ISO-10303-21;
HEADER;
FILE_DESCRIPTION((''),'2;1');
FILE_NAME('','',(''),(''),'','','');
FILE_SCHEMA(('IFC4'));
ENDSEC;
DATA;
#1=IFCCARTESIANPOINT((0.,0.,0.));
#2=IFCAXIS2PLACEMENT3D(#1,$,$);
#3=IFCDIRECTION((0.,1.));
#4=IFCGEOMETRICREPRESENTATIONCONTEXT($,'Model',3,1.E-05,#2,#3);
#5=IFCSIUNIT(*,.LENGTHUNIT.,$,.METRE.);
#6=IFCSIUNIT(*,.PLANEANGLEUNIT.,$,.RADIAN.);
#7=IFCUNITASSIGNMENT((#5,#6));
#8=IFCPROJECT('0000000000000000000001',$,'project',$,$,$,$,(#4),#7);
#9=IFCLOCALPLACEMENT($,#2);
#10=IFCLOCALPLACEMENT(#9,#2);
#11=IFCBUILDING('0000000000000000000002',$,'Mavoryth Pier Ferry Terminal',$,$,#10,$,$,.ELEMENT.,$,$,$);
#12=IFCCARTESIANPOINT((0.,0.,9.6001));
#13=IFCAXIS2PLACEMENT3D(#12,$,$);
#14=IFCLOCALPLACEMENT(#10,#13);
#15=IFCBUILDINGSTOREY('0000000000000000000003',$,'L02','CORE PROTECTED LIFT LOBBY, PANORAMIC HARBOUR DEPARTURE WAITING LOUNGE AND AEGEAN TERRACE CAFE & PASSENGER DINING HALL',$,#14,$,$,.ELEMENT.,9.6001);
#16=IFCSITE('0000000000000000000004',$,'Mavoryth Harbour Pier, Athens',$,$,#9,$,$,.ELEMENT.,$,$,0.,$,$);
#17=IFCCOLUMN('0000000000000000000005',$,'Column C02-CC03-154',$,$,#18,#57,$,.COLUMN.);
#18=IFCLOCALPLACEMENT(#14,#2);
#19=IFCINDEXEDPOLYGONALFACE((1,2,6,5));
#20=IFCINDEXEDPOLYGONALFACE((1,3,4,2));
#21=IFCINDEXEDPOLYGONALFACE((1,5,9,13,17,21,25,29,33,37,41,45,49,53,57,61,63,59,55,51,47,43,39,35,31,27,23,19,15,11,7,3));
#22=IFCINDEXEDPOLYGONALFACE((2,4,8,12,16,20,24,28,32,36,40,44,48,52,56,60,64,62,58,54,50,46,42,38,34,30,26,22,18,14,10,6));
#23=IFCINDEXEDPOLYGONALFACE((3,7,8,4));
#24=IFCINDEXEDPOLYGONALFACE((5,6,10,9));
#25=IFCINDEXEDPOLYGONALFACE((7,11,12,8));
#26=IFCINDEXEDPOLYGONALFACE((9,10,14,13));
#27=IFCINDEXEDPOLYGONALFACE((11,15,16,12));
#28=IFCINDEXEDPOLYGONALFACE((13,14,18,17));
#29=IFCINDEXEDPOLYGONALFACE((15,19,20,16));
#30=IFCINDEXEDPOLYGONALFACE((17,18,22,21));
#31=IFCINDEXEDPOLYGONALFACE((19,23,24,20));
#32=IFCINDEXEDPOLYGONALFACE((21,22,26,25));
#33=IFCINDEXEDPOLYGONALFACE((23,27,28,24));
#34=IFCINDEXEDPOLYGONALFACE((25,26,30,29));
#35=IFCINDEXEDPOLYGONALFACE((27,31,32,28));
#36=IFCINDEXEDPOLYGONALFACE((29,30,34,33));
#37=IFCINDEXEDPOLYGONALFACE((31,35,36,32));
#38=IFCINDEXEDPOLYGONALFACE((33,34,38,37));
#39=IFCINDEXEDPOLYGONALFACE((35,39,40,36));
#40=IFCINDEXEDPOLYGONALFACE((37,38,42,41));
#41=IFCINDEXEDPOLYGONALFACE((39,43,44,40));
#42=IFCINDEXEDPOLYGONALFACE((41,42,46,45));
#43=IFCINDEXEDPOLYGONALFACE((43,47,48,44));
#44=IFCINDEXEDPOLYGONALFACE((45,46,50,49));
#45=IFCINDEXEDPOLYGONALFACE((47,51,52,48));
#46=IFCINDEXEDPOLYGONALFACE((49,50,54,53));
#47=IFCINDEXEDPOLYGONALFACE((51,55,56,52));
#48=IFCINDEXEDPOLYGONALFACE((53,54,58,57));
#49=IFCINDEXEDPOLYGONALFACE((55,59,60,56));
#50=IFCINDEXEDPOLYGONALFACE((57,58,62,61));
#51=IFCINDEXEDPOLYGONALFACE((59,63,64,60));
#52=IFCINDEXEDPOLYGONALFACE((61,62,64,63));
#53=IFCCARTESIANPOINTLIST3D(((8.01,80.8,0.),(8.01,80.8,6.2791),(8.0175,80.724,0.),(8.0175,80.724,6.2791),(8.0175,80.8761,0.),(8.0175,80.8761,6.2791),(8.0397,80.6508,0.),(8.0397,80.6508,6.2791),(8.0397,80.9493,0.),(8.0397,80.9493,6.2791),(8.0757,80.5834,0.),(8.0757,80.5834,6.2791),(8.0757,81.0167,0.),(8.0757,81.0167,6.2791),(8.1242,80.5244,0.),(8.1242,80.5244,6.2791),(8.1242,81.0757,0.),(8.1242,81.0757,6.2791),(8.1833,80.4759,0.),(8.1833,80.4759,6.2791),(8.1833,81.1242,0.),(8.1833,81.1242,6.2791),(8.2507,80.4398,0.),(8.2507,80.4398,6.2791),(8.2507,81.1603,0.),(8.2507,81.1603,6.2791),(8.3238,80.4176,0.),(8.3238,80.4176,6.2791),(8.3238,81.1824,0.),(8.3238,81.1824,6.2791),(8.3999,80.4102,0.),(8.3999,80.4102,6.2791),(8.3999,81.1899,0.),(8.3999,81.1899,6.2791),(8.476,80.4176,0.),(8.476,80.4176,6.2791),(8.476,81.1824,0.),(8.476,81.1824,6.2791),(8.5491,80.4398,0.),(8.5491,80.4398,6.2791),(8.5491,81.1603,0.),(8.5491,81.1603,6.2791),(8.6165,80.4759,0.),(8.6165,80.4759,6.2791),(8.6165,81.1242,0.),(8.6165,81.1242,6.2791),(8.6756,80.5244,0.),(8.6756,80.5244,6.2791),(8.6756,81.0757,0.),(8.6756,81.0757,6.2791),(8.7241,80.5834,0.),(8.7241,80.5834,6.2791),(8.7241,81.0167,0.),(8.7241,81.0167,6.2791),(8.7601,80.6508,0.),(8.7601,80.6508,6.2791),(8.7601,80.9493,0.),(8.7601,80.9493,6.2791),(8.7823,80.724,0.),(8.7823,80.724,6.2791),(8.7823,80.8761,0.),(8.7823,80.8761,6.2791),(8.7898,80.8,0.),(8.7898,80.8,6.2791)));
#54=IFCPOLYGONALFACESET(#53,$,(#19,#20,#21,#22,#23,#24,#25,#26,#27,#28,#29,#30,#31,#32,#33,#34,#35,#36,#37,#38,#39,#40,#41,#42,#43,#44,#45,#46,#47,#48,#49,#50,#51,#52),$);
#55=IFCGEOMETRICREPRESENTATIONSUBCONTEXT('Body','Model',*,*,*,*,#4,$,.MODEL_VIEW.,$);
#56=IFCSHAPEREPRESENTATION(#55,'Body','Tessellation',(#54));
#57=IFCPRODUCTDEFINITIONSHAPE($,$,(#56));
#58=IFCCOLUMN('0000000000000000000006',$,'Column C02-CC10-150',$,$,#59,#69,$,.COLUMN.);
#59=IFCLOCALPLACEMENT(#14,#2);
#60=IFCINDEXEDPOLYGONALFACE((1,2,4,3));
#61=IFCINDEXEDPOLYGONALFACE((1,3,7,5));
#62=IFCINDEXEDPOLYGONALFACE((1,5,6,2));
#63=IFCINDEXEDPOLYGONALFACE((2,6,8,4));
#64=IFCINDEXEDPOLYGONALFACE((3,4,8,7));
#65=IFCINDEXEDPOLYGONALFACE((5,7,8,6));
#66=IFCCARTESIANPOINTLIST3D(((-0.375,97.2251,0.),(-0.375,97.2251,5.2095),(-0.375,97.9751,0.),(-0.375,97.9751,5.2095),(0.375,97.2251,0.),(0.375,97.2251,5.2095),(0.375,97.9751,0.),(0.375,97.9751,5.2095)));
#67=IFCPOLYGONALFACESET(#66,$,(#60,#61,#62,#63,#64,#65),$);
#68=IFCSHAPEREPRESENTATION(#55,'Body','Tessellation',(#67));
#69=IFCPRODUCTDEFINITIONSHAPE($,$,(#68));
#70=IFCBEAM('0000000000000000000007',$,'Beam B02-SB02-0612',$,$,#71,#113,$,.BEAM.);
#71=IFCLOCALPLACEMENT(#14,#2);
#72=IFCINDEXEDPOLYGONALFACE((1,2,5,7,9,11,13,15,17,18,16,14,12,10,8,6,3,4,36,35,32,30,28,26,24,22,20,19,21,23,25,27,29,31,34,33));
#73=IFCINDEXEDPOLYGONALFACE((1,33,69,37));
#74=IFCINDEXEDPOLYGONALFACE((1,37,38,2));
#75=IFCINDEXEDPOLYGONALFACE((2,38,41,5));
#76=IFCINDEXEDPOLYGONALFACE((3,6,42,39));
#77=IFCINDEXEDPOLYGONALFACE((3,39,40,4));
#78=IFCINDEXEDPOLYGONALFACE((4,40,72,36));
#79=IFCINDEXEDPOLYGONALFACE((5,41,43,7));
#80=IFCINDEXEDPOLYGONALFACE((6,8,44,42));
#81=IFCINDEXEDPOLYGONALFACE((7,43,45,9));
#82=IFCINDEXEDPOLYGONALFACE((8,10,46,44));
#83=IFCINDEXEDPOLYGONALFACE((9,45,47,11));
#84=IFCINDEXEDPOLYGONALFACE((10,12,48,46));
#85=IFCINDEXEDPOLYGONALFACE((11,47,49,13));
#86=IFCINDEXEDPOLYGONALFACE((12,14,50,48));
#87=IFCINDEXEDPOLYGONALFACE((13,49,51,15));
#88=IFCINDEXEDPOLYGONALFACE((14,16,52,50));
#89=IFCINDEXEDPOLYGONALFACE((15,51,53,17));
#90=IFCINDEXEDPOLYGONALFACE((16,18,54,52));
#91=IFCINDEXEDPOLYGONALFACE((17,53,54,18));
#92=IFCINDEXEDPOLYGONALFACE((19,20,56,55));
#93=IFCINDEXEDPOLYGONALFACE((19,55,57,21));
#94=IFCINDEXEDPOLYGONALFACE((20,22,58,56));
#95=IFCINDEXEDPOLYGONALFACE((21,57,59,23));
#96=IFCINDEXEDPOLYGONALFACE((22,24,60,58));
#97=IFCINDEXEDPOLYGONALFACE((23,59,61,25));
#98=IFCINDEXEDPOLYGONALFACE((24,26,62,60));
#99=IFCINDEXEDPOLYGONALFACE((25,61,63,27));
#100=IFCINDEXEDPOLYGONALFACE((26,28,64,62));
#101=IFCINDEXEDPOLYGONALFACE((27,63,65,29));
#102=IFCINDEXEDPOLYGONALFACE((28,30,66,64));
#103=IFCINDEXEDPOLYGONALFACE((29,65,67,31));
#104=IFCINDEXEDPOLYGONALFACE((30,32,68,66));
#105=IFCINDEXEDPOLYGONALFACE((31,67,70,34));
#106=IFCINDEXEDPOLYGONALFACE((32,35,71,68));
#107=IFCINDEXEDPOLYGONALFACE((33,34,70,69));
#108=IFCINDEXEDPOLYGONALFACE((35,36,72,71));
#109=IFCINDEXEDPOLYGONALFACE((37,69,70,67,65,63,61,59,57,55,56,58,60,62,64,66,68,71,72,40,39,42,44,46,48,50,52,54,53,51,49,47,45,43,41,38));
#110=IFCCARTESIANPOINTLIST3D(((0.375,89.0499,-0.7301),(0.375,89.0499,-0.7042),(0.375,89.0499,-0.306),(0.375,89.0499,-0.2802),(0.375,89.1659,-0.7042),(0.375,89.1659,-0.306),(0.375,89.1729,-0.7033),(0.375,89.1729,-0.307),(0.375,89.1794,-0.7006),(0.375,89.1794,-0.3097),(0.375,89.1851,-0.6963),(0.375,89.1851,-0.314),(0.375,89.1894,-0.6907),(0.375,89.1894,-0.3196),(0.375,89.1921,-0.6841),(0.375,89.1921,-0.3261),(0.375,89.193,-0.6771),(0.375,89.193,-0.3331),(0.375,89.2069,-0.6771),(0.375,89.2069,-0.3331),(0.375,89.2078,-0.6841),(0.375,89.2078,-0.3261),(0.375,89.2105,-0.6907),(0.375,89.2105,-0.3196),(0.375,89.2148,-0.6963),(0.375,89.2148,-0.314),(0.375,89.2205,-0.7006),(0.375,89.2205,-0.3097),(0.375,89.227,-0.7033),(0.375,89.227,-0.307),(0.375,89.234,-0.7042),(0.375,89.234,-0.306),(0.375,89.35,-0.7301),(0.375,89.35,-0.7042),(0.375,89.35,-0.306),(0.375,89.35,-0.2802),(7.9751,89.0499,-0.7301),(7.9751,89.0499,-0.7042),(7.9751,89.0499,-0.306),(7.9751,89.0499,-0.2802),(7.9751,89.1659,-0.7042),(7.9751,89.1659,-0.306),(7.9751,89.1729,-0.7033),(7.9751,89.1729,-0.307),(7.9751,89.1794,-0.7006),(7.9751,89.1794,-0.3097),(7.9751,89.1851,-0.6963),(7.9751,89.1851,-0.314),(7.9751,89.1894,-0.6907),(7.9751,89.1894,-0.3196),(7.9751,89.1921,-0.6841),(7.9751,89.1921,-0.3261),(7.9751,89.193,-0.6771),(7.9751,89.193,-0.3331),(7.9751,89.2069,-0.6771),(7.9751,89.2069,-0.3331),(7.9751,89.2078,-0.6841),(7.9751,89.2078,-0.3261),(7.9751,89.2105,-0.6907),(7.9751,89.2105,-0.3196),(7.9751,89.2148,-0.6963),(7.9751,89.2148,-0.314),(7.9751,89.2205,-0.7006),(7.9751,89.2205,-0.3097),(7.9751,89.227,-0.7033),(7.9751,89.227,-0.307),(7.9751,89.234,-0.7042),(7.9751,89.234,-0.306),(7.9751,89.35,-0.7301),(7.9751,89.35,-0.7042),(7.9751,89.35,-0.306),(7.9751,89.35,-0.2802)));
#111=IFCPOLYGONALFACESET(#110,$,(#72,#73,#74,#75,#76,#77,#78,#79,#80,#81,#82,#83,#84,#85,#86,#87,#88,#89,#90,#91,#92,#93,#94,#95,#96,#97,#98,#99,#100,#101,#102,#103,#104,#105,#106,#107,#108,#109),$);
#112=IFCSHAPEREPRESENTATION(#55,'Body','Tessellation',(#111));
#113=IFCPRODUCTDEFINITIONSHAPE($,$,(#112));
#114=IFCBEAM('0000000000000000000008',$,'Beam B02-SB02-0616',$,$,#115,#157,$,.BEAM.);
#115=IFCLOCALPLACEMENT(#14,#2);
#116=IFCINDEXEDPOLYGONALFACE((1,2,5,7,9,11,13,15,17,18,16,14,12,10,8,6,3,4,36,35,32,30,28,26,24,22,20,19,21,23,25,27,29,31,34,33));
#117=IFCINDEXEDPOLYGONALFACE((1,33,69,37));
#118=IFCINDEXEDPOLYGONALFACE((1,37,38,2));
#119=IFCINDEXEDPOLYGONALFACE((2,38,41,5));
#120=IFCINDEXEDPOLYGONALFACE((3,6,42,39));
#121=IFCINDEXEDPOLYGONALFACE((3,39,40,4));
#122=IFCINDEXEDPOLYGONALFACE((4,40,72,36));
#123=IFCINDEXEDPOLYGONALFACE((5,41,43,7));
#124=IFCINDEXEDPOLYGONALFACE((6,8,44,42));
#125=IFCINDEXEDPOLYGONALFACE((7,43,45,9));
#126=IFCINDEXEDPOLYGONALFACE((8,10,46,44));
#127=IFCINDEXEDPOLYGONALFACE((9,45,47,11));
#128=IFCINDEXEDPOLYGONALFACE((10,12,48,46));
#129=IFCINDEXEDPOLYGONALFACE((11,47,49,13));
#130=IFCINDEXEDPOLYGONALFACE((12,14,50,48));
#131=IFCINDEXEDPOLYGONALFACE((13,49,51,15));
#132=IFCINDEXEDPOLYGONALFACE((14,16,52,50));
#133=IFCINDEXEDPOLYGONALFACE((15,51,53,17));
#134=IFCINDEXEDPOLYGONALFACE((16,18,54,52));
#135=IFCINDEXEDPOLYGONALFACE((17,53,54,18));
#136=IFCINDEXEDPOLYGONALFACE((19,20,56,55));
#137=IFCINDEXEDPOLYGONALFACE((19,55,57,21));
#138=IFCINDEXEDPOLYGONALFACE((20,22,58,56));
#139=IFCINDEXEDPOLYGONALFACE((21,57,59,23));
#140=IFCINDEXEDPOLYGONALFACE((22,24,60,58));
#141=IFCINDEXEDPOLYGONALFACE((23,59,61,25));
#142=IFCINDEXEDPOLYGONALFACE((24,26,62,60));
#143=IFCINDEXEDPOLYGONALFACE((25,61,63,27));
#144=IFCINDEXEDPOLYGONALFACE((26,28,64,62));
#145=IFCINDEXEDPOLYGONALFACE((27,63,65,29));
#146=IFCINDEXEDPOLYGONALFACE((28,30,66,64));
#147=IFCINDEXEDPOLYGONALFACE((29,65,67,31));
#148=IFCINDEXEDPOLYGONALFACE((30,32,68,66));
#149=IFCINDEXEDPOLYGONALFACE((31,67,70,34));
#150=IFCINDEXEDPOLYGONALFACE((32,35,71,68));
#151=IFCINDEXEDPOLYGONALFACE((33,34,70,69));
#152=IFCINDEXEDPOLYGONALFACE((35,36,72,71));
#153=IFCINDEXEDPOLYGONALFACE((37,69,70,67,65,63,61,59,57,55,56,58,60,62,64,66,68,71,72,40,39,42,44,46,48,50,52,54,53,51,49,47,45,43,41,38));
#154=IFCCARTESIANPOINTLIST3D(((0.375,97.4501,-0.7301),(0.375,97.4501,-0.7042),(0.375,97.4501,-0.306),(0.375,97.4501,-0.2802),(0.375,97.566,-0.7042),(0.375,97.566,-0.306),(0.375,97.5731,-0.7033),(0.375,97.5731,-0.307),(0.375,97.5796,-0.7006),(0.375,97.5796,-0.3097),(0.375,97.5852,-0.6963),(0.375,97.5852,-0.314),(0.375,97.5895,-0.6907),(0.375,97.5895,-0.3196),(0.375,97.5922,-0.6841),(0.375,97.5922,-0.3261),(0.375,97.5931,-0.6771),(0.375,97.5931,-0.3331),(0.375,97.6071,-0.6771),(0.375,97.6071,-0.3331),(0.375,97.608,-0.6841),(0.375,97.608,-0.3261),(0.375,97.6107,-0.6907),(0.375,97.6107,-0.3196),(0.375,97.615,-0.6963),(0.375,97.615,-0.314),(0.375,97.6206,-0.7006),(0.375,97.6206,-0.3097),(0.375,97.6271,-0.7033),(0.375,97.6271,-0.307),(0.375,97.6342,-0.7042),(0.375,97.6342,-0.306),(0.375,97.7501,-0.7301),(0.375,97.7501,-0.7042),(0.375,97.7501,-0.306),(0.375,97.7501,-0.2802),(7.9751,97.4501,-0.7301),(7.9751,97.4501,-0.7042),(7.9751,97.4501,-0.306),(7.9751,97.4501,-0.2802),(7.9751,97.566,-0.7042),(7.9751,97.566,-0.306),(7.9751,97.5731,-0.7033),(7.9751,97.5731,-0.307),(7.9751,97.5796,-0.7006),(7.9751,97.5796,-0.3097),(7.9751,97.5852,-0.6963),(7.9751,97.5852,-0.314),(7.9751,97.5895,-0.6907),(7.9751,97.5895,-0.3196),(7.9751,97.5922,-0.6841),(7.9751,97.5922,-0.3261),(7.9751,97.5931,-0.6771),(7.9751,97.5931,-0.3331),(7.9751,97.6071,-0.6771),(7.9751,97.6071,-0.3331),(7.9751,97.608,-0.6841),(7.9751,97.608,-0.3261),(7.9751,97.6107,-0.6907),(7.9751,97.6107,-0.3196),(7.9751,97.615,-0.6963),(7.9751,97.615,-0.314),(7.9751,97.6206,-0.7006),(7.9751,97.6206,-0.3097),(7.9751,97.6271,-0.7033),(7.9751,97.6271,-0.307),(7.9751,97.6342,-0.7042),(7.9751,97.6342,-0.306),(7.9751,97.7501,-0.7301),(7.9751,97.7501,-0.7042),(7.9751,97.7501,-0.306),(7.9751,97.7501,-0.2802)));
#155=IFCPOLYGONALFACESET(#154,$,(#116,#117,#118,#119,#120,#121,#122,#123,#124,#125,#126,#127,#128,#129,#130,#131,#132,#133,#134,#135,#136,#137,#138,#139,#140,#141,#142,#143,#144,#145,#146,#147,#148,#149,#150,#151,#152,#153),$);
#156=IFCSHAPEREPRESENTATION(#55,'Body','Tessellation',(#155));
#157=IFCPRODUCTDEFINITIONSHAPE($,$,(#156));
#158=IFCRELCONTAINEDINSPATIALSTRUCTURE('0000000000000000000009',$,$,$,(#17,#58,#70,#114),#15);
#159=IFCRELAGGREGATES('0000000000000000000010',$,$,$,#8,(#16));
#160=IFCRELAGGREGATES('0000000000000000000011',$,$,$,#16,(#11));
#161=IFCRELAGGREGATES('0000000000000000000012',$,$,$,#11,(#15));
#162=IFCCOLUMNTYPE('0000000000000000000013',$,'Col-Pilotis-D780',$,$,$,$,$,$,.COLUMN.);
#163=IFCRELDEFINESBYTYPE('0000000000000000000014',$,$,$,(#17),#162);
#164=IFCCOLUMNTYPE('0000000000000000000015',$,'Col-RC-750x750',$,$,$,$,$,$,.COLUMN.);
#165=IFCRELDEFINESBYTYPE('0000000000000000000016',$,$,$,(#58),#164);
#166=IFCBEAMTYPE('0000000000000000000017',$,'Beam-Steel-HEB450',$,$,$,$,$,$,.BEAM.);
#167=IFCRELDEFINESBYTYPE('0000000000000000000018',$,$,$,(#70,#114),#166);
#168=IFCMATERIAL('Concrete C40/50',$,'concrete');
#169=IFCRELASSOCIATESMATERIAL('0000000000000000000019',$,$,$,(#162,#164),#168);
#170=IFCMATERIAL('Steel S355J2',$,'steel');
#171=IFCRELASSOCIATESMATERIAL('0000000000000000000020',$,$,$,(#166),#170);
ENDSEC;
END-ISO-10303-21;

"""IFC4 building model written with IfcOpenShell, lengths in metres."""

from ifc_helpers import new_model, si_unit, direction, frame, origin, origin_2d, place, context, subcontext, project, spatial, rectangle, circle, i_section, extrude, material, material_profile, profile_set, type_object, element, save


model = new_model("IFC4")

# Units and contexts
model_context = context("Model", 3, precision=1e-05, world=origin(), true_north=direction((0.0, 1.0)))
body_context = subcontext(model_context, "Body", "Model", "MODEL_VIEW")
ifc_project = project(units=[si_unit("LENGTHUNIT", "METRE"), si_unit("PLANEANGLEUNIT", "RADIAN")], contexts=[model_context])

# Site, building, storey
site_placement = place(None, origin())
site = spatial("IfcSite", under=ifc_project, at=site_placement, Name="Mavoryth Harbour Pier, Athens", CompositionType="ELEMENT", RefElevation=0.0)
building_placement = place(site_placement, origin())
building = spatial("IfcBuilding", under=site, at=building_placement, Name="Mavoryth Pier Ferry Terminal", CompositionType="ELEMENT")
storey_placement = place(building_placement, frame((0.0, 0.0, 9.6001)))
storey = spatial("IfcBuildingStorey", under=building, at=storey_placement, Name="L02", Description="CORE PROTECTED LIFT LOBBY, PANORAMIC HARBOUR DEPARTURE WAITING LOUNGE AND AEGEAN TERRACE CAFE & PASSENGER DINING HALL", CompositionType="ELEMENT", Elevation=9.6001)

# Columns
ifc_material_1 = material(Name="Concrete C40/50", Category="concrete")
ifc_material_profile_1 = material_profile(ifc_material_1, circle(Radius=0.3899, at=origin_2d()), Name="RC D780", Category="concrete")
ifc_profile_set_1 = profile_set([ifc_material_profile_1], Name="Concrete C40/50 - RC D780")
column_type_1 = type_object("IfcColumnType", Name="Col-Pilotis-D780", PredefinedType="COLUMN", material=ifc_profile_set_1)
column_1_placement = place(storey_placement, frame((8.3999, 80.8, 0.0), z_axis=(0.0, 0.0, 1.0), x_axis=(1.0, 0.0, 0.0)))
element("IfcColumn", 1, at=column_1_placement, inside=storey, type_object=column_type_1, Name="Column C02-CC03-154", PredefinedType="COLUMN", context=body_context, shape_type="SweptSolid", body=[
    extrude(circle(Radius=0.3899, at=origin_2d()), origin(), (0.0, 0.0, 1.0), 6.2791),
])
ifc_material_profile_2 = material_profile(ifc_material_1, rectangle(XDim=0.75, YDim=0.75, at=origin_2d()), Name="RC 750x750", Category="concrete")
ifc_profile_set_2 = profile_set([ifc_material_profile_2], Name="Concrete C40/50 - RC 750x750")
column_type_2 = type_object("IfcColumnType", Name="Col-RC-750x750", PredefinedType="COLUMN", material=ifc_profile_set_2)
column_2_placement = place(storey_placement, frame((0.0, 97.6001, 0.0), z_axis=(0.0, 0.0, 1.0), x_axis=(1.0, 0.0, 0.0)))
element("IfcColumn", 2, at=column_2_placement, inside=storey, type_object=column_type_2, Name="Column C02-CC10-150", PredefinedType="COLUMN", context=body_context, shape_type="SweptSolid", body=[
    extrude(rectangle(XDim=0.75, YDim=0.75, at=origin_2d()), origin(), (0.0, 0.0, 1.0), 5.2095),
])

# Beams
ifc_material_2 = material(Name="Steel S355J2", Category="steel")
ifc_material_profile_3 = material_profile(ifc_material_2, i_section(OverallWidth=0.3, OverallDepth=0.45, WebThickness=0.0139, FlangeThickness=0.0259, FilletRadius=0.0271, at=origin_2d()), Name="HEB 450", Category="steel")
ifc_profile_set_3 = profile_set([ifc_material_profile_3], Name="Steel S355J2 - HEB 450")
beam_type_1 = type_object("IfcBeamType", Name="Beam-Steel-HEB450", PredefinedType="BEAM", material=ifc_profile_set_3)
for number, where, z_axis, x_axis, name in (
    (3, (0.375, 89.2, -0.5051), (1.0, 0.0, 0.0), (0.0, 1.0, 0.0), "Beam B02-SB02-0612"),
    (4, (0.375, 97.6001, -0.5051), (1.0, 0.0, 0.0), (0.0, 1.0, 0.0), "Beam B02-SB02-0616"),
):
    element("IfcBeam", number, at=place(storey_placement, frame(where, z_axis=z_axis, x_axis=x_axis)), inside=storey, type_object=beam_type_1, Name=name, PredefinedType="BEAM", context=body_context, shape_type="SweptSolid", body=[
        extrude(i_section(OverallWidth=0.3, OverallDepth=0.45, WebThickness=0.0139, FlangeThickness=0.0259, FilletRadius=0.0271, at=origin_2d()), origin(), (0.0, 0.0, 1.0), 7.6001),
    ])

save(model, "model.ifc")
